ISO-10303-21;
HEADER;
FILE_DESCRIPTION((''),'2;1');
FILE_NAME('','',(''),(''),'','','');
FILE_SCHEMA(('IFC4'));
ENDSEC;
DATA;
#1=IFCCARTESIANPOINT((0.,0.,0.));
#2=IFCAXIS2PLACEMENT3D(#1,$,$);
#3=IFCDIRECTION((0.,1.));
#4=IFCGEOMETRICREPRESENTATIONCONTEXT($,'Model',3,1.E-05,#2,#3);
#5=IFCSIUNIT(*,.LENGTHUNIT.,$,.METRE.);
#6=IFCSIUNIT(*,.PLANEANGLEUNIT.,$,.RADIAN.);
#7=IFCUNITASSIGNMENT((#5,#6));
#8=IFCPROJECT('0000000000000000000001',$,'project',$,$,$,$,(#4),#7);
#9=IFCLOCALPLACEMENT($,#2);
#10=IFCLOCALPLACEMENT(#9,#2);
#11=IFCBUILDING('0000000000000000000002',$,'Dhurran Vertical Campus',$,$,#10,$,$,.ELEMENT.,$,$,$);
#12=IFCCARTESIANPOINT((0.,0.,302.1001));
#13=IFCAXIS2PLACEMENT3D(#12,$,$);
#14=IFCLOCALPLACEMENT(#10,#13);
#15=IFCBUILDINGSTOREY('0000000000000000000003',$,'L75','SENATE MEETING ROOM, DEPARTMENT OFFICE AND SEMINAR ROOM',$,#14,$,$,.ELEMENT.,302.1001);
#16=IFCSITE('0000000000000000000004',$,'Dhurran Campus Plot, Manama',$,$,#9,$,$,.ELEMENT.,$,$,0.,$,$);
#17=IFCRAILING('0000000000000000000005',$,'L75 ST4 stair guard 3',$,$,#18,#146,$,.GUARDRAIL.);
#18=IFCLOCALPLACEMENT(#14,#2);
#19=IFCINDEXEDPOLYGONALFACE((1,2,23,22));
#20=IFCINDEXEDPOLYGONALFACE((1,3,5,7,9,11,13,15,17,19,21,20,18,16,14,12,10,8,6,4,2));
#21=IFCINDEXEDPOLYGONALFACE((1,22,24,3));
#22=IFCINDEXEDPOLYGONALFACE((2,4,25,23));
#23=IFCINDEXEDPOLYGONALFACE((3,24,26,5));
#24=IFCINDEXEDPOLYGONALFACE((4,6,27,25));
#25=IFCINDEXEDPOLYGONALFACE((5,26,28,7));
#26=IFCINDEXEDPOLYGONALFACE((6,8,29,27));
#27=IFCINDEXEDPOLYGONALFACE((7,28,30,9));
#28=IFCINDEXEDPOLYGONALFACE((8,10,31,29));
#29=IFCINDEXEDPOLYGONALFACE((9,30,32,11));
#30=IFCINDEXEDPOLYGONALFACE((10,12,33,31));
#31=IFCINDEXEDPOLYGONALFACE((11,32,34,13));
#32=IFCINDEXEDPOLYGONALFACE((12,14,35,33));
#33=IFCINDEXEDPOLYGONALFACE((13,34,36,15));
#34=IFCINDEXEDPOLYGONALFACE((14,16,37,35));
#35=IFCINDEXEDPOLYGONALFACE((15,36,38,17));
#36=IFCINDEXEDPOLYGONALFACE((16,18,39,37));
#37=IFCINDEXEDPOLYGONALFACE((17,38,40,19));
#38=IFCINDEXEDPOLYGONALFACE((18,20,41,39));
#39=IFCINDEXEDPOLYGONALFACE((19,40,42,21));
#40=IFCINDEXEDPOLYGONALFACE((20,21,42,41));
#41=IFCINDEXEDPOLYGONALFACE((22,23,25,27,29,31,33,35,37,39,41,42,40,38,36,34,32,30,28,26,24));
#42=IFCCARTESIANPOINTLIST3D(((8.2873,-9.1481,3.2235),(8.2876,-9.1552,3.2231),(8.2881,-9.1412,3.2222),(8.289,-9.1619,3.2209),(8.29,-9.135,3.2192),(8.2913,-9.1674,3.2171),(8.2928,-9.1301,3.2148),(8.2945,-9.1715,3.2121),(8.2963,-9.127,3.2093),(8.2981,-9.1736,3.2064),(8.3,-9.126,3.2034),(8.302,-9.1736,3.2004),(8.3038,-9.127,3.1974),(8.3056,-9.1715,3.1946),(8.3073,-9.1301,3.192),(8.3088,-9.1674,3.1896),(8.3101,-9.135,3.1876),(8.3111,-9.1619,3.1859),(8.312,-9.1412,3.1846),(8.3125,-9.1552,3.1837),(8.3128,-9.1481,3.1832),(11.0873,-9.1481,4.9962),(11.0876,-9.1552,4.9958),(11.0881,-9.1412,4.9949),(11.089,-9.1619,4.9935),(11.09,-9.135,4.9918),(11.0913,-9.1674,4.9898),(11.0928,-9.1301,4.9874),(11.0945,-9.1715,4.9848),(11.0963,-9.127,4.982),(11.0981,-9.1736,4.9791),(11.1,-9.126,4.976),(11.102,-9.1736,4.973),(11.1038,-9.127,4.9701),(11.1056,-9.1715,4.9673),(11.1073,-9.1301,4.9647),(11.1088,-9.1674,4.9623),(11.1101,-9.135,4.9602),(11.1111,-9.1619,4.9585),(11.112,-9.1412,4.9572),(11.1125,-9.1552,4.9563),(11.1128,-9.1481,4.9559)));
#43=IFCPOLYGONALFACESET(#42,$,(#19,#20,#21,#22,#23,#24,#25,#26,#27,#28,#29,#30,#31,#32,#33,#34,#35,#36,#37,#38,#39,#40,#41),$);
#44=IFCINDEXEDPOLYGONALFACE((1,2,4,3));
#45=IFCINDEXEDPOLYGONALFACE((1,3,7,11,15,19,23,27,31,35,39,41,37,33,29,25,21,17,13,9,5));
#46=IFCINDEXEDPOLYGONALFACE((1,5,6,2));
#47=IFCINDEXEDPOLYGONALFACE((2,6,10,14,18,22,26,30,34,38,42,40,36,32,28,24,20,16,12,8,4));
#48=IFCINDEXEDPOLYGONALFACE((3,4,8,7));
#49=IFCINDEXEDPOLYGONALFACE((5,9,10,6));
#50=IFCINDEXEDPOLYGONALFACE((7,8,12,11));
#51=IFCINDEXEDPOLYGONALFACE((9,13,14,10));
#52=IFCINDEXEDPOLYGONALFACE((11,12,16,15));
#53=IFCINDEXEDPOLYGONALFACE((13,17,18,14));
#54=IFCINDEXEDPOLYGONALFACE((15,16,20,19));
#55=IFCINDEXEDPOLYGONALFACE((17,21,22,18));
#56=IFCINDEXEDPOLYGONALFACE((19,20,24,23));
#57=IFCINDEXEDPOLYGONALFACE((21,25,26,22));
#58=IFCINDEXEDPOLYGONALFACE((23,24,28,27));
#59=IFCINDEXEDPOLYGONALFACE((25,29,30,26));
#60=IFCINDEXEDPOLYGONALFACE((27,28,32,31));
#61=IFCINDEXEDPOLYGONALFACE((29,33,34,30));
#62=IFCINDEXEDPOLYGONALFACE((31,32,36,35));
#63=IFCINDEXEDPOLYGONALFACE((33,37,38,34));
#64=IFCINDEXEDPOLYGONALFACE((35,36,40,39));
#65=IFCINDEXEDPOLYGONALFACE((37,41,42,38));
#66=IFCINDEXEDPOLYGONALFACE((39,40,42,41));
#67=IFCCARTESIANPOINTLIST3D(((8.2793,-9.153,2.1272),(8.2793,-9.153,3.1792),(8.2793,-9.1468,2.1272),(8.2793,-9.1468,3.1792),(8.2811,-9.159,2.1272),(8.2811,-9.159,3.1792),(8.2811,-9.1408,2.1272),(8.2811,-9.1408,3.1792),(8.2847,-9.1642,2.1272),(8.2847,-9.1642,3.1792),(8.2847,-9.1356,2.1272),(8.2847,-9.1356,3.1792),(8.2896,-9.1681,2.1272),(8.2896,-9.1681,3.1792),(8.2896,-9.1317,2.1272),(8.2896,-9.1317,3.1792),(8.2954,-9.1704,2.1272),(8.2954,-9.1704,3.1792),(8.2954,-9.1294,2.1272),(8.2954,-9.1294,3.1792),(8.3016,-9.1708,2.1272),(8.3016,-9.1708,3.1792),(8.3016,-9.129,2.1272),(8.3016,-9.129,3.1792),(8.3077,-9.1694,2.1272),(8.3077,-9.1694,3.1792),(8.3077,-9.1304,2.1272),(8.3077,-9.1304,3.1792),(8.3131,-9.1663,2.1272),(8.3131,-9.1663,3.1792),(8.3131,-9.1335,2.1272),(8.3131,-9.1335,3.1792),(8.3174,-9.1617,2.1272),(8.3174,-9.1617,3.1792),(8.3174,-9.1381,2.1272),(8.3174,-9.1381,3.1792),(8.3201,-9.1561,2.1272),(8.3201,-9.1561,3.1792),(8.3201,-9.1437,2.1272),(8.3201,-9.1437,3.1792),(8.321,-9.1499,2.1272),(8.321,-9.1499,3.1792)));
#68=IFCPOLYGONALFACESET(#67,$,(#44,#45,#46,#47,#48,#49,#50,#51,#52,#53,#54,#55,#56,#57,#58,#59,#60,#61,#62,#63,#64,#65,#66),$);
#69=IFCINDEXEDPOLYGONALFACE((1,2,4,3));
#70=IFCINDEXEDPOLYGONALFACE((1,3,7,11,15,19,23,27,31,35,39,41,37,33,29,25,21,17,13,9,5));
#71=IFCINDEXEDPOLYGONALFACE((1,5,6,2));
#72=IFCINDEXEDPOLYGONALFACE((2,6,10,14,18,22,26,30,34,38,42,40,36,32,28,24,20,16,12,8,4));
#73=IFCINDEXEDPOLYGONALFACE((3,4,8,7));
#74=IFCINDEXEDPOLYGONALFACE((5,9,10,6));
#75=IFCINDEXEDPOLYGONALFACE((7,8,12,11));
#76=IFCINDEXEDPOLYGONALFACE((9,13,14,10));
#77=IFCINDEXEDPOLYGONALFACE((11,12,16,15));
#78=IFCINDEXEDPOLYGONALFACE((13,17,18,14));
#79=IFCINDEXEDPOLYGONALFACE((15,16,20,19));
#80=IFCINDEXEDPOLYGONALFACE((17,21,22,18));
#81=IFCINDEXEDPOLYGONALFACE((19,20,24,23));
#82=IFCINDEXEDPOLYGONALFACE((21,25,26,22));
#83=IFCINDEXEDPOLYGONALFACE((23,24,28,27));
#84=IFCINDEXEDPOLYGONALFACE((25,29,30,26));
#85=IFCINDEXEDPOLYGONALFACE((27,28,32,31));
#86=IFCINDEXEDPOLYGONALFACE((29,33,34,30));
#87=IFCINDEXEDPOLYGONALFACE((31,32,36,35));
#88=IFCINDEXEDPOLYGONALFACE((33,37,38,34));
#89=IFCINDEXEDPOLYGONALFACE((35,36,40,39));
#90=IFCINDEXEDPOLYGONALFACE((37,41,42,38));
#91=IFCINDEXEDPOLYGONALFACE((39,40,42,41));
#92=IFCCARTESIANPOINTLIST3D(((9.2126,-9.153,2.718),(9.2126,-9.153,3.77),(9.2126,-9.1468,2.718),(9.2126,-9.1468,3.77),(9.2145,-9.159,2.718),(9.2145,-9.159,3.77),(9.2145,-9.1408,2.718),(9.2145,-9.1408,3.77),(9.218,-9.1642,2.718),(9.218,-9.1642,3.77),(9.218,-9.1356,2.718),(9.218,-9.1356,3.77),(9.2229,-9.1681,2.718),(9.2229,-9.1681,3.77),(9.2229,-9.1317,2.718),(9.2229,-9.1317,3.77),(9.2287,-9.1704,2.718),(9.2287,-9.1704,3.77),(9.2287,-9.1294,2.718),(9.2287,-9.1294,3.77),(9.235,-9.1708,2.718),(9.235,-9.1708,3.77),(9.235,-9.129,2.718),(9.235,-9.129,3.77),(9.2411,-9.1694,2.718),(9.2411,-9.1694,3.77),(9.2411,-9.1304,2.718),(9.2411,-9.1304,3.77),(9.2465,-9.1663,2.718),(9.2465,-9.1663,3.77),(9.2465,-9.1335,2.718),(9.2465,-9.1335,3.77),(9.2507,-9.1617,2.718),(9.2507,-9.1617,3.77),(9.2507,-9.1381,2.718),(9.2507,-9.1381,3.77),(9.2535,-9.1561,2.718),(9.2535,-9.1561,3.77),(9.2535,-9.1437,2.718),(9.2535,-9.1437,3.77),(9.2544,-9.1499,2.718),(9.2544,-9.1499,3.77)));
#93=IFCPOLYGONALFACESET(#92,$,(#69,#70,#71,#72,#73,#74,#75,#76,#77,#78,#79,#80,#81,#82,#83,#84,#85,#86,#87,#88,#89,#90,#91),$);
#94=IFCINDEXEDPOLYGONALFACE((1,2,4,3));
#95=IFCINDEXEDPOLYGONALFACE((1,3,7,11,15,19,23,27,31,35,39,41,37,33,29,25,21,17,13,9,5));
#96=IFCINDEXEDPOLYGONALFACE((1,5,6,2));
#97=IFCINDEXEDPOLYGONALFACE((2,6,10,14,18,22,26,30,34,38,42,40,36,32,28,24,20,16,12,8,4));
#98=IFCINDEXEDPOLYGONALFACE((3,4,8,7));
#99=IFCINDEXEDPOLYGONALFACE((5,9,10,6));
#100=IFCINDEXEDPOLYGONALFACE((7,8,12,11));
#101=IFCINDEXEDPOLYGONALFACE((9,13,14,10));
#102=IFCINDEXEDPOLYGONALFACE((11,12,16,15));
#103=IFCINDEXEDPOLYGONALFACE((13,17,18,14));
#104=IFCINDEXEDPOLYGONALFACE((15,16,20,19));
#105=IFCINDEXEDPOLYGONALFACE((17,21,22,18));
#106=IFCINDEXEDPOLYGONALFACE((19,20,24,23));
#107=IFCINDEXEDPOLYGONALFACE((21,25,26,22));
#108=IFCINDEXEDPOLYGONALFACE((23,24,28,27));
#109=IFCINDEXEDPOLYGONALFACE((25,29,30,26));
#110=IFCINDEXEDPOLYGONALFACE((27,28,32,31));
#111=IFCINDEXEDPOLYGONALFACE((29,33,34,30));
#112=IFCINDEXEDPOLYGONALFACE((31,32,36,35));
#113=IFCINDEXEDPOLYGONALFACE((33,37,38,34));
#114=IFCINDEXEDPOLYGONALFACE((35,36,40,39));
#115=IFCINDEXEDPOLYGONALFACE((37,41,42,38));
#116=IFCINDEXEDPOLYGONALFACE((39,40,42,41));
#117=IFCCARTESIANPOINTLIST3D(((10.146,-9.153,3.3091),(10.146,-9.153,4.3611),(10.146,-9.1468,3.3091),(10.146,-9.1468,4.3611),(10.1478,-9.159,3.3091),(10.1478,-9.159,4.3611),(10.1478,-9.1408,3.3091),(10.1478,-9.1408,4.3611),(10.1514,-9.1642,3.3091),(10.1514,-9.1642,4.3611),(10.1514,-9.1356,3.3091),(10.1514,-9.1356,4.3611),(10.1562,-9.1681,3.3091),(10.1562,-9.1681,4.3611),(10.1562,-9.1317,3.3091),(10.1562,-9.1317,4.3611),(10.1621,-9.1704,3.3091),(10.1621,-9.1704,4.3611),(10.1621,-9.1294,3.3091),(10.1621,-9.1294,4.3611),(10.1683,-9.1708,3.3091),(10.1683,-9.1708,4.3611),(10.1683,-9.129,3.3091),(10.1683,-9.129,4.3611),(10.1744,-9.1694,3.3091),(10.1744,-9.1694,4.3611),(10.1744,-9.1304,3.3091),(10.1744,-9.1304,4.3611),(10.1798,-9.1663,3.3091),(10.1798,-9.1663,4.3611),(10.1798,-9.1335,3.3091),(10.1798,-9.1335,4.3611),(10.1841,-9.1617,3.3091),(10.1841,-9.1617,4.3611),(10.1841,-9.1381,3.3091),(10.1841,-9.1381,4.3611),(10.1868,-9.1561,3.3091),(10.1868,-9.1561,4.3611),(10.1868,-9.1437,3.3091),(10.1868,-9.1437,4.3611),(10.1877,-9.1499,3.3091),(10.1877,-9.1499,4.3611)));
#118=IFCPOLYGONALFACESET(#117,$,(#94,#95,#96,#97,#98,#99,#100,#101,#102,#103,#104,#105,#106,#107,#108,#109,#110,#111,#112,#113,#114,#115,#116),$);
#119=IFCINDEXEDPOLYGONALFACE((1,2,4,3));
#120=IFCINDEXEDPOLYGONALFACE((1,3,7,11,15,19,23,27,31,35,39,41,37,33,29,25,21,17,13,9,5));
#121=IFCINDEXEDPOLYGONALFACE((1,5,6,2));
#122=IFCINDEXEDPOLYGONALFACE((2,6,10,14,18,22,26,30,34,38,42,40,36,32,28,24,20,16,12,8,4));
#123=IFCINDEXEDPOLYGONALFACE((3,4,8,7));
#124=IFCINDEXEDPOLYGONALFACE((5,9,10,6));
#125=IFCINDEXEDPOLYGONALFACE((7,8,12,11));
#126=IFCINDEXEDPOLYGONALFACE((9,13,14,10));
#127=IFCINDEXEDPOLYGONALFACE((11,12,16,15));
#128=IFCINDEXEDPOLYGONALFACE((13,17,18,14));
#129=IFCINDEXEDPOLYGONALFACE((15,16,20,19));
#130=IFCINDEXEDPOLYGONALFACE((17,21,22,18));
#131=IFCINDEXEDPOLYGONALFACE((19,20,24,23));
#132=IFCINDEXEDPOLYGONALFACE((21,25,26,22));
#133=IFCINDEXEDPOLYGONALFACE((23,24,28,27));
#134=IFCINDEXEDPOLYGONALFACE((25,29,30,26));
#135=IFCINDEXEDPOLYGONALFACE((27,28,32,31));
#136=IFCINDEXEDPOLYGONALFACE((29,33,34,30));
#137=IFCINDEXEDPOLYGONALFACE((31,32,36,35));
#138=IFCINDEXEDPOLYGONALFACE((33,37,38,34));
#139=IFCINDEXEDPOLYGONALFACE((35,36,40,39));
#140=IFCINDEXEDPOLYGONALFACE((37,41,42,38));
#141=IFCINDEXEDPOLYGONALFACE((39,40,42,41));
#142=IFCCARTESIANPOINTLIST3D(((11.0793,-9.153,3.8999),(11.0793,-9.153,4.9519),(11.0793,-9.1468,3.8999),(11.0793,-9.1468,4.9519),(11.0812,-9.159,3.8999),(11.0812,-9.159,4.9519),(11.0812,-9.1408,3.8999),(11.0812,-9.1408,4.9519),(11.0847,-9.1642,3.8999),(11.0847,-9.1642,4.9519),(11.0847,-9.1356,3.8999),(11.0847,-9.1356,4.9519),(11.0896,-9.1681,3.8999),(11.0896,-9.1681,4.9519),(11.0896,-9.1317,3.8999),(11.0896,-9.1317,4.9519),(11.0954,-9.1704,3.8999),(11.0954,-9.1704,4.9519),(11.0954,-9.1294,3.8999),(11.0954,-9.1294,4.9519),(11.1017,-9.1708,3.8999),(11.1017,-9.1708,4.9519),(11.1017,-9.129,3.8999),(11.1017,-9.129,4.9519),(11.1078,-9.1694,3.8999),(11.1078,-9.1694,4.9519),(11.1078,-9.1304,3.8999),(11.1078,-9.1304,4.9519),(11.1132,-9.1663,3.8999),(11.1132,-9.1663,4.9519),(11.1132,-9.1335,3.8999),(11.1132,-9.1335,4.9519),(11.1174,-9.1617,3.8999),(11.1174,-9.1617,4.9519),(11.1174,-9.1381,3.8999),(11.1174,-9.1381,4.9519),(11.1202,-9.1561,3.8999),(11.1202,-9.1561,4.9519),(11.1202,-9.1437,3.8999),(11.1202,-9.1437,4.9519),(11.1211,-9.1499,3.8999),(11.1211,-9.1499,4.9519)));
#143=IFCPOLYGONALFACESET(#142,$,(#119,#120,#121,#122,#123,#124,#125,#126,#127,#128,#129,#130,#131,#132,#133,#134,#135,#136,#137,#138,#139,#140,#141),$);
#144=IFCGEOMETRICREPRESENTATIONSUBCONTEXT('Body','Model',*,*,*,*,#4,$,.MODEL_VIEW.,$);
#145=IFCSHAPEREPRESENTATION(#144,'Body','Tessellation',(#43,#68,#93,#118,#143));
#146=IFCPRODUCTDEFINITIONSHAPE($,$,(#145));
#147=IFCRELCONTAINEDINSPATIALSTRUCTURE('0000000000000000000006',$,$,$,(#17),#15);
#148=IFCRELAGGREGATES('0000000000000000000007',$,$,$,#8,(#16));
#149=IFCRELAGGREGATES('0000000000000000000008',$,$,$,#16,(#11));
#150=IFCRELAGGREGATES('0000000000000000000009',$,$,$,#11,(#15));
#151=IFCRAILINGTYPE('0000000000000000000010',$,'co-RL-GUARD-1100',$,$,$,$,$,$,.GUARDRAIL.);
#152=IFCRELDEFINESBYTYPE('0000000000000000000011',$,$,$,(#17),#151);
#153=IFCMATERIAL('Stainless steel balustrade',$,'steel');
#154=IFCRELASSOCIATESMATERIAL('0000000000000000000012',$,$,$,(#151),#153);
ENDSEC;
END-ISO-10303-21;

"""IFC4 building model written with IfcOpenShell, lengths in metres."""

from ifc_helpers import new_model, si_unit, direction, frame, origin, origin_2d, place, context, subcontext, project, spatial, circle, extrude, material, type_object, element, save


model = new_model("IFC4")

# Units and contexts
model_context = context("Model", 3, precision=1e-05, world=origin(), true_north=direction((0.0, 1.0)))
body_context = subcontext(model_context, "Body", "Model", "MODEL_VIEW")
ifc_project = project(units=[si_unit("LENGTHUNIT", "METRE"), si_unit("PLANEANGLEUNIT", "RADIAN")], contexts=[model_context])

# Site, building, storey
site_placement = place(None, origin())
site = spatial("IfcSite", under=ifc_project, at=site_placement, Name="Dhurran Campus Plot, Manama", CompositionType="ELEMENT", RefElevation=0.0)
building_placement = place(site_placement, origin())
building = spatial("IfcBuilding", under=site, at=building_placement, Name="Dhurran Vertical Campus", CompositionType="ELEMENT")
storey_placement = place(building_placement, frame((0.0, 0.0, 302.1001)))
storey = spatial("IfcBuildingStorey", under=building, at=storey_placement, Name="L75", Description="SENATE MEETING ROOM, DEPARTMENT OFFICE AND SEMINAR ROOM", CompositionType="ELEMENT", Elevation=302.1001)

# Railing
ifc_material_1 = material(Name="Stainless steel balustrade", Category="steel")
railing_type_1 = type_object("IfcRailingType", Name="co-RL-GUARD-1100", PredefinedType="GUARDRAIL", material=ifc_material_1)
railing_1_placement = place(storey_placement, frame((8.3, -9.1499, 2.1272)))
element("IfcRailing", 1, at=railing_1_placement, inside=storey, type_object=railing_type_1, Name="L75 ST4 stair guard 3", PredefinedType="GUARDRAIL", context=body_context, shape_type="SweptSolid", body=[
    extrude(circle(Radius=0.0239, at=origin_2d()), frame((0.0, 0.0, 1.0762), z_axis=(0.844909, 0.0, 0.53491), x_axis=(0.0, 1.0, 0.0)), (0.0, 0.0, 1.0), 3.314),
    extrude(circle(Radius=0.021, at=origin_2d()), origin(), (0.0, 0.0, 1.0), 1.052),
    extrude(circle(Radius=0.021, at=origin_2d()), frame((0.9333, 0.0, 0.5908)), (0.0, 0.0, 1.0), 1.052),
    extrude(circle(Radius=0.021, at=origin_2d()), frame((1.8667, 0.0, 1.1819)), (0.0, 0.0, 1.0), 1.052),
    extrude(circle(Radius=0.021, at=origin_2d()), frame((2.8, 0.0, 1.7727)), (0.0, 0.0, 1.0), 1.052),
])

save(model, "model.ifc")
